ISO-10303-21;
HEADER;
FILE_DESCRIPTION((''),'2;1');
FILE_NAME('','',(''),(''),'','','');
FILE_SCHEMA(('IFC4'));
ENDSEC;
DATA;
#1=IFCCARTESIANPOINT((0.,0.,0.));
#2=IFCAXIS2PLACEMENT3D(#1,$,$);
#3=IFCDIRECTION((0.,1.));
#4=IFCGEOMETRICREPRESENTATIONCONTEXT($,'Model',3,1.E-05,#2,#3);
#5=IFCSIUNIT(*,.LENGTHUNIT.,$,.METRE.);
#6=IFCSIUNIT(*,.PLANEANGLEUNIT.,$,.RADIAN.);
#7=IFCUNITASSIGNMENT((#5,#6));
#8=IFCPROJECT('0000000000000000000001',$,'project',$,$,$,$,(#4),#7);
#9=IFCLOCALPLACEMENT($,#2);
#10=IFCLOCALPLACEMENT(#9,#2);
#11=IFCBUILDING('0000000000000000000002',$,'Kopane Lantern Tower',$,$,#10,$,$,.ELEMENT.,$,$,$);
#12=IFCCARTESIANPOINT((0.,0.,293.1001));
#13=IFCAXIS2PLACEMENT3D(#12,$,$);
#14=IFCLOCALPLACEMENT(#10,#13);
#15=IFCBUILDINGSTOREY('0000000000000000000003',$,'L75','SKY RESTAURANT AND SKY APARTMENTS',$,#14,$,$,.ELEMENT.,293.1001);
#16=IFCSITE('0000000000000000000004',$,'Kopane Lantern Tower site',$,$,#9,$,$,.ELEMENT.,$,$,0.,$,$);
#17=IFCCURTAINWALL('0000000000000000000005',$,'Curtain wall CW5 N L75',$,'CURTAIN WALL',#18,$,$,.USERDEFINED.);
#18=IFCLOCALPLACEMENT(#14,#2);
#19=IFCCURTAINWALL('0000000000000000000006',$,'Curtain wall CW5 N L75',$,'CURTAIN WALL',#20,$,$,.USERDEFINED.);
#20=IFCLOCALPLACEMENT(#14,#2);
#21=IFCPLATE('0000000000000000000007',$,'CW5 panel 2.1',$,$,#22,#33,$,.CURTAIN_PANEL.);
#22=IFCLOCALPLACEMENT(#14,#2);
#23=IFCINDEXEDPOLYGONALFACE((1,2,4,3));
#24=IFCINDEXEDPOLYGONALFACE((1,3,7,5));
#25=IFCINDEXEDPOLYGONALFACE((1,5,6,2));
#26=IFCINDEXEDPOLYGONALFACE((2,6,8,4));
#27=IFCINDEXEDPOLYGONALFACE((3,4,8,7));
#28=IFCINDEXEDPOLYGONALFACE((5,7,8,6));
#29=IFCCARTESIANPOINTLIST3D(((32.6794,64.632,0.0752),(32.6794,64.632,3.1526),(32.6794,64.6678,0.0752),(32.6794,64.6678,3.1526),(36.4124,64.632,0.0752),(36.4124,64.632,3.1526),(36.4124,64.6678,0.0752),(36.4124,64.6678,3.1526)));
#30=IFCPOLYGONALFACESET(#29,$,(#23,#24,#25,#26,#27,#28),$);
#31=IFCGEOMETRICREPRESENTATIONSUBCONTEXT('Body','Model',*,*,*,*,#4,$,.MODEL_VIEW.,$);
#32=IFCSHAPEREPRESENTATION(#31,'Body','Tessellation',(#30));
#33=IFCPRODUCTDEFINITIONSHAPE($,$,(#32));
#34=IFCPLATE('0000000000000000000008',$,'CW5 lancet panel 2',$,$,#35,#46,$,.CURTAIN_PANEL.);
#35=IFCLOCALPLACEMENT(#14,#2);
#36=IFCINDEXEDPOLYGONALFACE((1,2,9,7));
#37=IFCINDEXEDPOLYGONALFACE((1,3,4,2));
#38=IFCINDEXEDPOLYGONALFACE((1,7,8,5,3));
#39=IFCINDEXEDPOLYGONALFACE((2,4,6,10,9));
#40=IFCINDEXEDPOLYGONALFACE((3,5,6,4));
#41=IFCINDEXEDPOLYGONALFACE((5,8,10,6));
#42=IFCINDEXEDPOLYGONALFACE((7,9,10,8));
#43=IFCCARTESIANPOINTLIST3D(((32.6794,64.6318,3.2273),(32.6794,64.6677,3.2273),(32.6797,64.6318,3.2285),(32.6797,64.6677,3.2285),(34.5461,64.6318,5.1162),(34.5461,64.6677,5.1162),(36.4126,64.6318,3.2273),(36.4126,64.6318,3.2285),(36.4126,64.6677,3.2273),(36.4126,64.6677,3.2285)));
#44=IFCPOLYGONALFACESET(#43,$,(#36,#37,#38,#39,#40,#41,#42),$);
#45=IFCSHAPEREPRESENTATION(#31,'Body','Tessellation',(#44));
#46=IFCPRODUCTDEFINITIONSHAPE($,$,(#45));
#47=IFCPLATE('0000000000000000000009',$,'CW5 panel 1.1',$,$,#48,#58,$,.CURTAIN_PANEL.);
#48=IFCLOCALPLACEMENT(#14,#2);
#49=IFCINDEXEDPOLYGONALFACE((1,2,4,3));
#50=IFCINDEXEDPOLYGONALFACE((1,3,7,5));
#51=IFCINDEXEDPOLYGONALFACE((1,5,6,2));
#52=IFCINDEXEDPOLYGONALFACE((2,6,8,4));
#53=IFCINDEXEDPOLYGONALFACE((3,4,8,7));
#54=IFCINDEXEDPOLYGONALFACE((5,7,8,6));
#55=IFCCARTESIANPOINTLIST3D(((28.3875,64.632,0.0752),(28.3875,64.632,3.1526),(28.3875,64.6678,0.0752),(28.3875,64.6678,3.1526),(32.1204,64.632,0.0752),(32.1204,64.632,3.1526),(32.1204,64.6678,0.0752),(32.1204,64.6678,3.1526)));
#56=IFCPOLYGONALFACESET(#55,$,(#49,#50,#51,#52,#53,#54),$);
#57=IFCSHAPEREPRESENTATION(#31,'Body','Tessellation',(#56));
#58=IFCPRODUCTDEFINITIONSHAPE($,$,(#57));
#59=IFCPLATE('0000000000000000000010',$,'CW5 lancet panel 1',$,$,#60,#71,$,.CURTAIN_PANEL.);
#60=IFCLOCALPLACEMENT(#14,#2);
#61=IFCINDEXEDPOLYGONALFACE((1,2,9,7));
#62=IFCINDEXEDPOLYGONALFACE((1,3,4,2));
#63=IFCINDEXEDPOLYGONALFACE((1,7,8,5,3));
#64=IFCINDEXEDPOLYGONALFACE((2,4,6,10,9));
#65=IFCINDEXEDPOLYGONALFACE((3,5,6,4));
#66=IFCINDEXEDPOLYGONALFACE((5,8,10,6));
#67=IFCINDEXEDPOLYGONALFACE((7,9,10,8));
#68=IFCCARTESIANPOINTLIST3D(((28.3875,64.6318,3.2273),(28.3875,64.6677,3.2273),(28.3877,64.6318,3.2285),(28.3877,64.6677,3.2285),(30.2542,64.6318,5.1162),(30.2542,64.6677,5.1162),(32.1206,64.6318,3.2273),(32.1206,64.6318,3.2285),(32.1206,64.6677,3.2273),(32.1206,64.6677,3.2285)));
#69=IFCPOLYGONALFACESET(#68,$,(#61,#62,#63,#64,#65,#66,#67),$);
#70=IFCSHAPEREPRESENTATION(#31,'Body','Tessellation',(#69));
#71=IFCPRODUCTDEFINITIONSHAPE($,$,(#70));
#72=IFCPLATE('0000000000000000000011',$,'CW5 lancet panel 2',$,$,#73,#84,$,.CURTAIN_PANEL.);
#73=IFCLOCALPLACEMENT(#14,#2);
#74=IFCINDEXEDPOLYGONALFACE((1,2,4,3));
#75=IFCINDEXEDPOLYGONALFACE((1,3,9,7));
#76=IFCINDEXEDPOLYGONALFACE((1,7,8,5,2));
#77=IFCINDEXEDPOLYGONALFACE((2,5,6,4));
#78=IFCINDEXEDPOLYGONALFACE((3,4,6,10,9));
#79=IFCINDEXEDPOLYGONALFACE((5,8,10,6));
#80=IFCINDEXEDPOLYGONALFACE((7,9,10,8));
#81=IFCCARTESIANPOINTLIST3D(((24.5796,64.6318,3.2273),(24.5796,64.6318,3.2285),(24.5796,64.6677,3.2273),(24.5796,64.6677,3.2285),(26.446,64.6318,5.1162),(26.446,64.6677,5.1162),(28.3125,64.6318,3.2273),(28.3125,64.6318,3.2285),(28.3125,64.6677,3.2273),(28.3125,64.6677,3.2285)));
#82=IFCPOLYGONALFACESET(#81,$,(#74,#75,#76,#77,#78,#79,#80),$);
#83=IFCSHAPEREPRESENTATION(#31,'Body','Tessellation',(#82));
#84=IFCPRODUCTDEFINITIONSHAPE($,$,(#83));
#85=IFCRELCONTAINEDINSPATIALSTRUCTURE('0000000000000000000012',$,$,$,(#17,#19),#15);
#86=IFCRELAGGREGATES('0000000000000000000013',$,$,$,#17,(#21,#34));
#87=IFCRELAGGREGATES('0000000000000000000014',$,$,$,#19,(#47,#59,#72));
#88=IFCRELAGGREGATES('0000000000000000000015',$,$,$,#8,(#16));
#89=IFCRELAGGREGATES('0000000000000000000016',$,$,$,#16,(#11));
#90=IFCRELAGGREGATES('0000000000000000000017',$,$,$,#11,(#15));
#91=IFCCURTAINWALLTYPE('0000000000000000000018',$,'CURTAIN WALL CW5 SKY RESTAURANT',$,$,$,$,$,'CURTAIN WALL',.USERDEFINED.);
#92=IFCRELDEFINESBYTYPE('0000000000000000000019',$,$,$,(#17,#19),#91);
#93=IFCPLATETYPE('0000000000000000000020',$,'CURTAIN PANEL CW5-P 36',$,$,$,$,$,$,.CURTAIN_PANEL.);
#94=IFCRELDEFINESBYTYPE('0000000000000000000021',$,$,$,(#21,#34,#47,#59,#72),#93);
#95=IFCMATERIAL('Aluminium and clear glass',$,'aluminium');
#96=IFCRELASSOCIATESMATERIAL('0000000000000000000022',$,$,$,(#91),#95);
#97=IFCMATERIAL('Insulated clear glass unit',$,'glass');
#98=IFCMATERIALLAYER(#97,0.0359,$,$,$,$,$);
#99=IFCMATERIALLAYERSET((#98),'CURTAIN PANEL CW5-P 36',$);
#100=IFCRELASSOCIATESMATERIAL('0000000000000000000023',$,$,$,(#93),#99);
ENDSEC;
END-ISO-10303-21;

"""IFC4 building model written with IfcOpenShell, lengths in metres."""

from ifc_helpers import new_model, si_unit, direction, frame, origin, origin_2d, place, context, subcontext, project, spatial, polyline, rectangle, outline, extrude, material, layer, layer_set, type_object, element, aggregate, save


model = new_model("IFC4")

# Units and contexts
model_context = context("Model", 3, precision=1e-05, world=origin(), true_north=direction((0.0, 1.0)))
body_context = subcontext(model_context, "Body", "Model", "MODEL_VIEW")
ifc_project = project(units=[si_unit("LENGTHUNIT", "METRE"), si_unit("PLANEANGLEUNIT", "RADIAN")], contexts=[model_context])

# Site, building, storey
site_placement = place(None, origin())
site = spatial("IfcSite", under=ifc_project, at=site_placement, Name="Kopane Lantern Tower site", CompositionType="ELEMENT", RefElevation=0.0)
building_placement = place(site_placement, origin())
building = spatial("IfcBuilding", under=site, at=building_placement, Name="Kopane Lantern Tower", CompositionType="ELEMENT")
storey_placement = place(building_placement, frame((0.0, 0.0, 293.1001)))
storey = spatial("IfcBuildingStorey", under=building, at=storey_placement, Name="L75", Description="SKY RESTAURANT AND SKY APARTMENTS", CompositionType="ELEMENT", Elevation=293.1001)

# Curtain walls
ifc_material_1 = material(Name="Aluminium and clear glass", Category="aluminium")
curtain_wall_type = type_object("IfcCurtainWallType", Name="CURTAIN WALL CW5 SKY RESTAURANT", ElementType="CURTAIN WALL", PredefinedType="USERDEFINED", material=ifc_material_1)
curtain_wall_1_placement = place(storey_placement, origin())
curtain_wall_1 = element("IfcCurtainWall", 1, at=curtain_wall_1_placement, inside=storey, type_object=curtain_wall_type, Name="Curtain wall CW5 N L75", ObjectType="CURTAIN WALL", PredefinedType="USERDEFINED")
curtain_wall_2_placement = place(storey_placement, origin())
curtain_wall_2 = element("IfcCurtainWall", 2, at=curtain_wall_2_placement, inside=storey, type_object=curtain_wall_type, Name="Curtain wall CW5 N L75", ObjectType="CURTAIN WALL", PredefinedType="USERDEFINED")

# Plates
ifc_material_2 = material(Name="Insulated clear glass unit", Category="glass")
ifc_layer = layer(ifc_material_2, 0.0359)
ifc_layer_set = layer_set([ifc_layer], Name="CURTAIN PANEL CW5-P 36")
plate_type = type_object("IfcPlateType", Name="CURTAIN PANEL CW5-P 36", PredefinedType="CURTAIN_PANEL", material=ifc_layer_set)
plate_1_placement = place(storey_placement, frame((34.5459, 64.6499, 0.0752), z_axis=(0.0, 0.0, 1.0), x_axis=(-1.0, 0.0, 0.0)))
plate_1 = element("IfcPlate", 3, at=plate_1_placement, type_object=plate_type, Name="CW5 panel 2.1", PredefinedType="CURTAIN_PANEL", context=body_context, shape_type="SweptSolid", body=[
    extrude(rectangle(XDim=3.7329, YDim=0.0359, at=origin_2d()), origin(), (0.0, 0.0, 1.0), 3.0774),
])
plate_2_placement = place(storey_placement, frame((36.4126, 64.6499, 3.2273), z_axis=(0.0, 0.0, 1.0), x_axis=(-1.0, 0.0, 0.0)))
plate_2 = element("IfcPlate", 4, at=plate_2_placement, type_object=plate_type, Name="CW5 lancet panel 2", PredefinedType="CURTAIN_PANEL", context=body_context, shape_type="SweptSolid", body=[
    extrude(outline(polyline([(0.0, 0.0), (3.7332, 0.0), (3.7329, 0.0012), (1.8665, 1.8889), (0.0, 0.0012), (0.0, 0.0)])), frame((0.0, 0.0181, 0.0), z_axis=(0.0, -1.0, 0.0), x_axis=(1.0, 0.0, 0.0)), (0.0, 0.0, 1.0), 0.0359),
])
aggregate(curtain_wall_1, [plate_1, plate_2])
plate_3_placement = place(storey_placement, frame((30.2539, 64.6499, 0.0752), z_axis=(0.0, 0.0, 1.0), x_axis=(-1.0, 0.0, 0.0)))
plate_3 = element("IfcPlate", 5, at=plate_3_placement, type_object=plate_type, Name="CW5 panel 1.1", PredefinedType="CURTAIN_PANEL", context=body_context, shape_type="SweptSolid", body=[
    extrude(rectangle(XDim=3.7329, YDim=0.0359, at=origin_2d()), origin(), (0.0, 0.0, 1.0), 3.0774),
])
plate_4_placement = place(storey_placement, frame((32.1206, 64.6499, 3.2273), z_axis=(0.0, 0.0, 1.0), x_axis=(-1.0, 0.0, 0.0)))
plate_4 = element("IfcPlate", 6, at=plate_4_placement, type_object=plate_type, Name="CW5 lancet panel 1", PredefinedType="CURTAIN_PANEL", context=body_context, shape_type="SweptSolid", body=[
    extrude(outline(polyline([(0.0, 0.0), (3.7332, 0.0), (3.7329, 0.0012), (1.8665, 1.8889), (0.0, 0.0012), (0.0, 0.0)])), frame((0.0, 0.0181, 0.0), z_axis=(0.0, -1.0, 0.0), x_axis=(1.0, 0.0, 0.0)), (0.0, 0.0, 1.0), 0.0359),
])
plate_5_placement = place(storey_placement, frame((28.3125, 64.6499, 3.2273), z_axis=(0.0, 0.0, 1.0), x_axis=(-1.0, 0.0, 0.0)))
plate_5 = element("IfcPlate", 7, at=plate_5_placement, type_object=plate_type, Name="CW5 lancet panel 2", PredefinedType="CURTAIN_PANEL", context=body_context, shape_type="SweptSolid", body=[
    extrude(outline(polyline([(0.0, 0.0), (3.7329, 0.0), (3.7329, 0.0012), (1.8665, 1.8889), (0.0, 0.0012), (0.0, 0.0)])), frame((0.0, 0.0181, 0.0), z_axis=(0.0, -1.0, 0.0), x_axis=(1.0, 0.0, 0.0)), (0.0, 0.0, 1.0), 0.0359),
])
aggregate(curtain_wall_2, [plate_3, plate_4, plate_5])

save(model, "model.ifc")
